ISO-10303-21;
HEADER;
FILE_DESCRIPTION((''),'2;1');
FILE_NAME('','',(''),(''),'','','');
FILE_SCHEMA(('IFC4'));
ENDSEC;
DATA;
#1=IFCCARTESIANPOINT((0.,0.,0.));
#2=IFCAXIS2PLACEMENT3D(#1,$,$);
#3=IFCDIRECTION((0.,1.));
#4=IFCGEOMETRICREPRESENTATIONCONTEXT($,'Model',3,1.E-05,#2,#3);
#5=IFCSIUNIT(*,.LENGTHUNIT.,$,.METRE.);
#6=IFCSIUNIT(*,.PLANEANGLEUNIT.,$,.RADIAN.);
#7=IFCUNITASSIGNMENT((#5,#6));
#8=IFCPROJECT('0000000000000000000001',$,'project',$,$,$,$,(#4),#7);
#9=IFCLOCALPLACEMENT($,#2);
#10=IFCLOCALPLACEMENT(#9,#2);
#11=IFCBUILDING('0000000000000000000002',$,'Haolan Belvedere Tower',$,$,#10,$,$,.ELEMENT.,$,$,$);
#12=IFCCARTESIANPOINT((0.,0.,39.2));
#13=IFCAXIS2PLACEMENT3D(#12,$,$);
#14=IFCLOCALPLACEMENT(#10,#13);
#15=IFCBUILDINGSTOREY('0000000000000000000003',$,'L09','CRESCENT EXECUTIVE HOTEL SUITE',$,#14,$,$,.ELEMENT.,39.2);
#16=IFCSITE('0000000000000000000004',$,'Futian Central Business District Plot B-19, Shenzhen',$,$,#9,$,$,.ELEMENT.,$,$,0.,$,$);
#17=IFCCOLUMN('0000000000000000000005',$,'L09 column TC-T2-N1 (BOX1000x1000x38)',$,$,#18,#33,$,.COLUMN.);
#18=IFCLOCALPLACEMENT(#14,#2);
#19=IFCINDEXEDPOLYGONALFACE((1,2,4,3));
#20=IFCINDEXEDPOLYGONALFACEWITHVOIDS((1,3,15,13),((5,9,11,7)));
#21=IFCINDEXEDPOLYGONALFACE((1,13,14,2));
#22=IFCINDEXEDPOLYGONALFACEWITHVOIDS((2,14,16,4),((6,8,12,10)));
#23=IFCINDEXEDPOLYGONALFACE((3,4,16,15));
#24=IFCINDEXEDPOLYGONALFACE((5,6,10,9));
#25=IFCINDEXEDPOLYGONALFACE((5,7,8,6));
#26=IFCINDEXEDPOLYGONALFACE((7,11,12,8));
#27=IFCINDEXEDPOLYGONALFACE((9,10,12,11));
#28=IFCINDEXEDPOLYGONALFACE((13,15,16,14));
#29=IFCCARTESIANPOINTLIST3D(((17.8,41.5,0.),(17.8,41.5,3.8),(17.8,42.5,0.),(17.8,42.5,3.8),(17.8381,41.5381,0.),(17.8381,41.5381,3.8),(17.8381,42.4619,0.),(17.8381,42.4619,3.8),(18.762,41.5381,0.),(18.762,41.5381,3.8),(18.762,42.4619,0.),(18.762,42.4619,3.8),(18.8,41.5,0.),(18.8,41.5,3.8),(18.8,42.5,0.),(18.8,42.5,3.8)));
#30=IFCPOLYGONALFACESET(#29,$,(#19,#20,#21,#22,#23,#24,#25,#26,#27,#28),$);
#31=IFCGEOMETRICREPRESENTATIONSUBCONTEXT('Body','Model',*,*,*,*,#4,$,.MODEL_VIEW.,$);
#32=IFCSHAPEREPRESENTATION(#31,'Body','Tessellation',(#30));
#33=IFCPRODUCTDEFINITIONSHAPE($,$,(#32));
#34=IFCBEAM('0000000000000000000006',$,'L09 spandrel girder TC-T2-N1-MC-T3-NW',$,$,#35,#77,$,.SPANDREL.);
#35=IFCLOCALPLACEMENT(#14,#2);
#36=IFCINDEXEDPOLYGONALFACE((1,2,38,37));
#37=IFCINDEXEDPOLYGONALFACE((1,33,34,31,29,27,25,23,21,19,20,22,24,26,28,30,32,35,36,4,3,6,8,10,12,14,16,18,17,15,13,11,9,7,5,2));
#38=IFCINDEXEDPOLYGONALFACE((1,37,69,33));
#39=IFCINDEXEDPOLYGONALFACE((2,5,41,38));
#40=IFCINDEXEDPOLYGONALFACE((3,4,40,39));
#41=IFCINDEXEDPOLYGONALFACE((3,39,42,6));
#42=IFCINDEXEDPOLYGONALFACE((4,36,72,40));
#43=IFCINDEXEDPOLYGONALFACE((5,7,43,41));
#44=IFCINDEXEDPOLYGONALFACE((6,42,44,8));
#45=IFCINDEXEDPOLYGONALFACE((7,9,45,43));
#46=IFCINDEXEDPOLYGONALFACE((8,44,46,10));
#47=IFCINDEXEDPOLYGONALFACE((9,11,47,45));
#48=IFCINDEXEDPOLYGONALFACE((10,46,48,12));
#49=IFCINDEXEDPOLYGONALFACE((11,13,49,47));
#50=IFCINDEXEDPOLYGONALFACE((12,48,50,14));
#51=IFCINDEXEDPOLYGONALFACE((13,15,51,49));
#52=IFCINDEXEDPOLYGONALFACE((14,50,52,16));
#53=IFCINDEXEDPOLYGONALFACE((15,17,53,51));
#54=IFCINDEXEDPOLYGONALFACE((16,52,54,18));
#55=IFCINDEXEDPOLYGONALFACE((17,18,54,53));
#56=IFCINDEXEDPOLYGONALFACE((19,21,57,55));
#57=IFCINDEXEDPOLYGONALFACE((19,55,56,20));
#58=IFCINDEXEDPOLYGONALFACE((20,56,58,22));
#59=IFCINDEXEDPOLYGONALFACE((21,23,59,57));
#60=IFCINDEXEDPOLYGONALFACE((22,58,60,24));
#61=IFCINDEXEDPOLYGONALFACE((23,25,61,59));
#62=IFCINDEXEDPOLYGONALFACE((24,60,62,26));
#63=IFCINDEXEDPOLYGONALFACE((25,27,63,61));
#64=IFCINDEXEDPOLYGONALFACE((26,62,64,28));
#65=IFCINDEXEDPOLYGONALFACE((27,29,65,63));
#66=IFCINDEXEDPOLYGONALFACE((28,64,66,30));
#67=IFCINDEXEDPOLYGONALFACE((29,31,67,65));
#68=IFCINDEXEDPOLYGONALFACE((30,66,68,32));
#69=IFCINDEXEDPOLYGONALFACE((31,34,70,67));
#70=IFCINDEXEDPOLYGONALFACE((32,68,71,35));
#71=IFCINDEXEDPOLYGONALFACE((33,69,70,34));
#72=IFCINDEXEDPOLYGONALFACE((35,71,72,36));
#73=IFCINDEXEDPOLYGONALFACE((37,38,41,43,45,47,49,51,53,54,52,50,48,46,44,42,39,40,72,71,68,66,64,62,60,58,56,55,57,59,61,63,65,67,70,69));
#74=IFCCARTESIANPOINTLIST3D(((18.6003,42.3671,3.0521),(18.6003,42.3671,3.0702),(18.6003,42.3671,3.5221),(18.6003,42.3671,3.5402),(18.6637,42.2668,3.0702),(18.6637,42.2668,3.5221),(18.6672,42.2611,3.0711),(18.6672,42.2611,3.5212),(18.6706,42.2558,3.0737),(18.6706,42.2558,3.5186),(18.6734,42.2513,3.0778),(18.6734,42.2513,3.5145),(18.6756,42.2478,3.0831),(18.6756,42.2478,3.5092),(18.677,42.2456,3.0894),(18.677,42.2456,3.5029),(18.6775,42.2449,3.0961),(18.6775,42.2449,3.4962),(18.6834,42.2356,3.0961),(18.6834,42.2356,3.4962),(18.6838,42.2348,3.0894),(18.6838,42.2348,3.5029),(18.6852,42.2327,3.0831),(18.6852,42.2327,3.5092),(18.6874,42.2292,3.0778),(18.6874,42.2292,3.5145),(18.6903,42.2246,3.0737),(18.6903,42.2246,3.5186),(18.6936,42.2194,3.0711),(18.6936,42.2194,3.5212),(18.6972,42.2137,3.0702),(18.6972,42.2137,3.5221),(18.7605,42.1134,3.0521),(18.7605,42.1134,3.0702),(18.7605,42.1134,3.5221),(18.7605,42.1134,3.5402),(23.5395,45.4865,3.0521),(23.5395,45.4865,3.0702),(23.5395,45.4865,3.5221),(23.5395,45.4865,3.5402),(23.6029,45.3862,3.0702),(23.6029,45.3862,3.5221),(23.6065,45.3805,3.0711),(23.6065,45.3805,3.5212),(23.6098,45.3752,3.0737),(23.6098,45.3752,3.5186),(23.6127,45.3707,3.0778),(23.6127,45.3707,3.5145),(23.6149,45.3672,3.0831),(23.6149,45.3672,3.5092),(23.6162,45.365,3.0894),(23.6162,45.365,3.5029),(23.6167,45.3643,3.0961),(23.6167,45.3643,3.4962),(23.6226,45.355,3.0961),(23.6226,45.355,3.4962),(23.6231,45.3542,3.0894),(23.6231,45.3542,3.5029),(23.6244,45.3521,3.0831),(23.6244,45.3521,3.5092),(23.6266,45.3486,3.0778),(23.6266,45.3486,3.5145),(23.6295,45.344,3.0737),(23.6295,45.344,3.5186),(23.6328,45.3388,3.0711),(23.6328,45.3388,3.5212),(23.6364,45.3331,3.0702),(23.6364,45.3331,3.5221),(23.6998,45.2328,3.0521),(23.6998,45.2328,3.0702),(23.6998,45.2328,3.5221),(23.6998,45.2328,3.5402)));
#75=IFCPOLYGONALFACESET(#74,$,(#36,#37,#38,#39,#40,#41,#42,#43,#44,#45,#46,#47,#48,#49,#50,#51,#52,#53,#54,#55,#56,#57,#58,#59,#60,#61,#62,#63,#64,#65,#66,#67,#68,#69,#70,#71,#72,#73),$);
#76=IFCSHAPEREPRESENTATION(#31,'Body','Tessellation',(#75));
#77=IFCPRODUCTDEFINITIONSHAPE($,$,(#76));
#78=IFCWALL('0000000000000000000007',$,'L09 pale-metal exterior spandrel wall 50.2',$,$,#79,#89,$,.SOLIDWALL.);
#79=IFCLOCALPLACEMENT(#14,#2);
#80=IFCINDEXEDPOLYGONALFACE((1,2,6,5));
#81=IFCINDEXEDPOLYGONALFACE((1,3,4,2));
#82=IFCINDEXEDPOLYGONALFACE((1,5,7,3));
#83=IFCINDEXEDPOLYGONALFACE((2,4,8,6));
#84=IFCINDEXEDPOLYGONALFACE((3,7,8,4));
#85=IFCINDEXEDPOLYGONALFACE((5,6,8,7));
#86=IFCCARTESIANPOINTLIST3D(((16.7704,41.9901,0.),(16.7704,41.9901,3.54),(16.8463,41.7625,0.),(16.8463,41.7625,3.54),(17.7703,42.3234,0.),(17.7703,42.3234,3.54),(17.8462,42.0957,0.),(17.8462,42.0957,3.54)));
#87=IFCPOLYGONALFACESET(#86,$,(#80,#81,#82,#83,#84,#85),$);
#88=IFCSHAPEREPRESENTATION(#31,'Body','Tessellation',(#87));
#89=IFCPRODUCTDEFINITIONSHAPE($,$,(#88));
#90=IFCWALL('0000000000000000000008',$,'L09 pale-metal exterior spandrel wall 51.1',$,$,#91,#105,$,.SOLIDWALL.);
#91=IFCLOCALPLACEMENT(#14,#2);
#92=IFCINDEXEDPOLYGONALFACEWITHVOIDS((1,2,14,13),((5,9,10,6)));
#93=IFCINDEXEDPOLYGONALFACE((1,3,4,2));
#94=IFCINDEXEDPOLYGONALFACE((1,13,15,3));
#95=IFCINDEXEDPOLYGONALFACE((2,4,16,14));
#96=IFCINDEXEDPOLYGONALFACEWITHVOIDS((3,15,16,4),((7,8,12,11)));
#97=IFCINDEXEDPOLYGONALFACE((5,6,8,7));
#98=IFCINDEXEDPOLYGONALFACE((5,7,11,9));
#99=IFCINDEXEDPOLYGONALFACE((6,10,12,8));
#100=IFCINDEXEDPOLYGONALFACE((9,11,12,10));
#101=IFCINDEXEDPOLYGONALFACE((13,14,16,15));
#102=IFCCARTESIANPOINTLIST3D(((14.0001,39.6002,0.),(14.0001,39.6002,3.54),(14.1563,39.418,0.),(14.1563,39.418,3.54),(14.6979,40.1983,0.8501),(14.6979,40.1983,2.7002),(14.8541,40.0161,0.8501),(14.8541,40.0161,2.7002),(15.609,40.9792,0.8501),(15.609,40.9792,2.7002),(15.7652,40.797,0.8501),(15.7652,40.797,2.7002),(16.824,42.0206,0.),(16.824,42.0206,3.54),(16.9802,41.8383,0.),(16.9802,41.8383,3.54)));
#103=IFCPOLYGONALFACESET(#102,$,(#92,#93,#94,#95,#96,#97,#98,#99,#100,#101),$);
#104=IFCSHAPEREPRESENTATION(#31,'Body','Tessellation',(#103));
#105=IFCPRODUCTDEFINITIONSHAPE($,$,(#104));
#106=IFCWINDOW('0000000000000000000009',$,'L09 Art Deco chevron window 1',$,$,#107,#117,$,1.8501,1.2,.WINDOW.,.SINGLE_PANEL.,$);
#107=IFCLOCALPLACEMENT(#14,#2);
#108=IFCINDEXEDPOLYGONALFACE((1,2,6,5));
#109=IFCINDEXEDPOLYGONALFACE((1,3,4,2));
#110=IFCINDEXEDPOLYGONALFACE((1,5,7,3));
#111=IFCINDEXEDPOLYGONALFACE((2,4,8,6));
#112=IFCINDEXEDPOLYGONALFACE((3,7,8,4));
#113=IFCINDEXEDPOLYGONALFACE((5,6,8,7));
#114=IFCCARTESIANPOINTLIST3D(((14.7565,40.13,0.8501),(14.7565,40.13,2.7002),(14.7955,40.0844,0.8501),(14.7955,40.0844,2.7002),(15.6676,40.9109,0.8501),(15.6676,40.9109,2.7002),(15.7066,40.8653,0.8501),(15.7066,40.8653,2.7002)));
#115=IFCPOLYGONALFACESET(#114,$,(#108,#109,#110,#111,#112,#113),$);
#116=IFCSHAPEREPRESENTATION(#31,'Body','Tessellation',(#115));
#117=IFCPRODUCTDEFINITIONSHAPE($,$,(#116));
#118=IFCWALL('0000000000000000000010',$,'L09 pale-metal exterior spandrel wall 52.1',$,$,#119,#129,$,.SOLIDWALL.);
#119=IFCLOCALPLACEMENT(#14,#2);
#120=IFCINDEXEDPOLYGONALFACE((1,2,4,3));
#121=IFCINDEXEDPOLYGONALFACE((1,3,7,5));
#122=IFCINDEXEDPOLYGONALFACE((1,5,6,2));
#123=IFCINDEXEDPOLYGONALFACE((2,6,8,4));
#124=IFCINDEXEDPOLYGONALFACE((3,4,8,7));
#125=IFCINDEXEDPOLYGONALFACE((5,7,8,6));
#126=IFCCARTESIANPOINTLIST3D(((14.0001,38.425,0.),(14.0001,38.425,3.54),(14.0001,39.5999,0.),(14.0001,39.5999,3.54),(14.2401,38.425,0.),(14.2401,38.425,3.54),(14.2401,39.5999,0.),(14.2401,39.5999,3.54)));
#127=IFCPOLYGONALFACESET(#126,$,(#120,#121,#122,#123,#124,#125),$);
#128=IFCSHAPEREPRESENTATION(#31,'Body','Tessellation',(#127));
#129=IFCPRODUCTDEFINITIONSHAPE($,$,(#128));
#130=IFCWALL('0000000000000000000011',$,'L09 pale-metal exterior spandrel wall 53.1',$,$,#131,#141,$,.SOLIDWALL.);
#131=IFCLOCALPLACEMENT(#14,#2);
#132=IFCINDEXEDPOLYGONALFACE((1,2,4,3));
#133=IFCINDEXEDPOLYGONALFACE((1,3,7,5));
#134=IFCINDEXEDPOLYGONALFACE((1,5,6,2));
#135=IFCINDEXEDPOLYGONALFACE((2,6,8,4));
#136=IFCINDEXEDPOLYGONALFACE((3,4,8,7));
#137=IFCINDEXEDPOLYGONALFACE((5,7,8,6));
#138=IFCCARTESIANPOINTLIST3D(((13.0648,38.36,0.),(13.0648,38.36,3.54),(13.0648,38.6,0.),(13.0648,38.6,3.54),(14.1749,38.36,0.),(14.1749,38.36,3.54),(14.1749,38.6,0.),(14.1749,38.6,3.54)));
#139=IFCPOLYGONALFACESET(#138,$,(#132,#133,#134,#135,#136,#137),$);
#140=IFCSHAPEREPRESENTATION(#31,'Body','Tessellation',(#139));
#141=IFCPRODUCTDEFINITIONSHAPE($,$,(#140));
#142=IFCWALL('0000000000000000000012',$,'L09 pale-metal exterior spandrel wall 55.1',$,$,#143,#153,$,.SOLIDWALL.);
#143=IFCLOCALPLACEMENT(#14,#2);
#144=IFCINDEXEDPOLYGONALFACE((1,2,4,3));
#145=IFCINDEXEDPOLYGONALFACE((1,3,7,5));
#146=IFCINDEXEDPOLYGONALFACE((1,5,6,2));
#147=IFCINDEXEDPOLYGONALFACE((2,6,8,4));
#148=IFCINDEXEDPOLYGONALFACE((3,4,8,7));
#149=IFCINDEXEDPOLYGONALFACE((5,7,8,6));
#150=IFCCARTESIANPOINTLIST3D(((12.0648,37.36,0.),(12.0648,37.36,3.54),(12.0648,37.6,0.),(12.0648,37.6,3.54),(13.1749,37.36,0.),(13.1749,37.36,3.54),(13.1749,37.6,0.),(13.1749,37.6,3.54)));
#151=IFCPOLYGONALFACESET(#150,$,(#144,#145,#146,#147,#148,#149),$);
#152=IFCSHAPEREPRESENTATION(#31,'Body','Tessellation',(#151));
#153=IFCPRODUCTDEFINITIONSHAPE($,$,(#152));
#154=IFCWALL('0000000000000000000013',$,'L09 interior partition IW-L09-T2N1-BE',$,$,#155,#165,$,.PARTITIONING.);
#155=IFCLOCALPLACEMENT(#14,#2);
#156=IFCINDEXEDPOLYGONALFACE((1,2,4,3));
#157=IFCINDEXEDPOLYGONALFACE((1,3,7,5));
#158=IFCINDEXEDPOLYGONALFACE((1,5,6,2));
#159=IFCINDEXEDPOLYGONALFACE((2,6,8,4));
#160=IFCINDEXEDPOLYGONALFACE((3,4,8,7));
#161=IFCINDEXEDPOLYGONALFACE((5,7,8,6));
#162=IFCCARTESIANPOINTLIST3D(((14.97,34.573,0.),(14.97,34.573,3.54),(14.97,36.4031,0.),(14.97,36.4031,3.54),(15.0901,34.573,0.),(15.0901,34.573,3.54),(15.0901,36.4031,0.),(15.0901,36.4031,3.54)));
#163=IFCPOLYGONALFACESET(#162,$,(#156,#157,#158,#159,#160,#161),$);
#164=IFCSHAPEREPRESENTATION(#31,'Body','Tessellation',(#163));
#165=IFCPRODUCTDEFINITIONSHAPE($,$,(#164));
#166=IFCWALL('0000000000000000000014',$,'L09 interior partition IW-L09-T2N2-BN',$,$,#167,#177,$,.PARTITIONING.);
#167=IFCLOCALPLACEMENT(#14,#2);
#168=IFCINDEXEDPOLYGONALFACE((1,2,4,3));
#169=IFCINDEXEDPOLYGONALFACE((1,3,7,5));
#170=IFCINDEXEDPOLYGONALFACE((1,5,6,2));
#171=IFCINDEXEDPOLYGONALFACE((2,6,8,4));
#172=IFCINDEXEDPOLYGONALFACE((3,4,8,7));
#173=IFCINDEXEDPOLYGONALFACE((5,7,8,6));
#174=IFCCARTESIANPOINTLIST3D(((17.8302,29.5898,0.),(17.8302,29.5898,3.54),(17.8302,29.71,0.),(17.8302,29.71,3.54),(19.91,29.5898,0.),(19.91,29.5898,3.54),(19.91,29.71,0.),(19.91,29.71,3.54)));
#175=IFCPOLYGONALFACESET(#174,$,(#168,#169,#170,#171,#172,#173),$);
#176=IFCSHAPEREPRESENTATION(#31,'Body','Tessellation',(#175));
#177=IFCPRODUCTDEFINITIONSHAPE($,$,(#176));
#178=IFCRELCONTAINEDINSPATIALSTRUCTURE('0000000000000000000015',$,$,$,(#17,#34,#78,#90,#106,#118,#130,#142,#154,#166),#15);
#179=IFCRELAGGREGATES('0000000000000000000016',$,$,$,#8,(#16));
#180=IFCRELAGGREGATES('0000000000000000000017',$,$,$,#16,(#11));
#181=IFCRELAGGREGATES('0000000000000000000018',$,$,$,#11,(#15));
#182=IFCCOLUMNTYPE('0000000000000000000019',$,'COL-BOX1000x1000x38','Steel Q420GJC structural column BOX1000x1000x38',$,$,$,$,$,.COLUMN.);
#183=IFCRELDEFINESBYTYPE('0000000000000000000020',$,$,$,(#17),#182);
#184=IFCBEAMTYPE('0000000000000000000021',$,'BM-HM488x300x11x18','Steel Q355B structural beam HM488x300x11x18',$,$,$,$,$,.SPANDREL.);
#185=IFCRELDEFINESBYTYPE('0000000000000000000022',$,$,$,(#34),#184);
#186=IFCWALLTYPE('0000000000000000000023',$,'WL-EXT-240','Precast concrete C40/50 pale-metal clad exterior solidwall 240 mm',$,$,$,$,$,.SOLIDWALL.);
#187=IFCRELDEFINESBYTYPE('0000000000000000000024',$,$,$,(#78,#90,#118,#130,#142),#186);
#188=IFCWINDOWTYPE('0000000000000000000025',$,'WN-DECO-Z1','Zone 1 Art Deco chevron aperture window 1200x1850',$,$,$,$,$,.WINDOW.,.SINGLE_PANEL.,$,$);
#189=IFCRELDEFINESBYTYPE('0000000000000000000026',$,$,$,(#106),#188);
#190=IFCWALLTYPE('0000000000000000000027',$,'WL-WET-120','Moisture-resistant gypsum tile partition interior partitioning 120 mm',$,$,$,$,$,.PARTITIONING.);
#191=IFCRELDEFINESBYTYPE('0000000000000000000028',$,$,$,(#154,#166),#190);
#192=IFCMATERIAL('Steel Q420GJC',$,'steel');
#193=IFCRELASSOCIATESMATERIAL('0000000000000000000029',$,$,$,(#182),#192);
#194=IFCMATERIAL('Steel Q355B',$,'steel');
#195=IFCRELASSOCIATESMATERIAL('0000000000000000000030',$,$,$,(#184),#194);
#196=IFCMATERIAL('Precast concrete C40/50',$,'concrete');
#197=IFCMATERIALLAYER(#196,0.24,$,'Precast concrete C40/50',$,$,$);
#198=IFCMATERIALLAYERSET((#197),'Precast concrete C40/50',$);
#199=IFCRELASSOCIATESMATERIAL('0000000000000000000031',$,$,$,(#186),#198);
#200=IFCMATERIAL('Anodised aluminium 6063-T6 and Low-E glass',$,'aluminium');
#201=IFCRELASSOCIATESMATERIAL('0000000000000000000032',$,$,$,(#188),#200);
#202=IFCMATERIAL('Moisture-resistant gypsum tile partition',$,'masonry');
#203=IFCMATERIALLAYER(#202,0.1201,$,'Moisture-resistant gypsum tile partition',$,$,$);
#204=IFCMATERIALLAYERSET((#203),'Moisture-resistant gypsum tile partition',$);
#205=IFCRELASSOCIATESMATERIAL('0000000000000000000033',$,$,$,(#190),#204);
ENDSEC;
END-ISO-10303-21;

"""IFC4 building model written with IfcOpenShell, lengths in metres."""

from ifc_helpers import new_model, si_unit, direction, frame, frame_2d, origin, origin_2d, place, context, subcontext, project, spatial, rectangle, hollow_rectangle, i_section, extrude, material, layer, layer_set, material_profile, profile_set, type_object, element, fill, save


model = new_model("IFC4")

# Units and contexts
model_context = context("Model", 3, precision=1e-05, world=origin(), true_north=direction((0.0, 1.0)))
body_context = subcontext(model_context, "Body", "Model", "MODEL_VIEW")
ifc_project = project(units=[si_unit("LENGTHUNIT", "METRE"), si_unit("PLANEANGLEUNIT", "RADIAN")], contexts=[model_context])

# Site, building, storey
site_placement = place(None, origin())
site = spatial("IfcSite", under=ifc_project, at=site_placement, Name="Futian Central Business District Plot B-19, Shenzhen", CompositionType="ELEMENT", RefElevation=0.0)
building_placement = place(site_placement, origin())
building = spatial("IfcBuilding", under=site, at=building_placement, Name="Haolan Belvedere Tower", CompositionType="ELEMENT")
storey_placement = place(building_placement, frame((0.0, 0.0, 39.2)))
storey = spatial("IfcBuildingStorey", under=building, at=storey_placement, Name="L09", Description="CRESCENT EXECUTIVE HOTEL SUITE", CompositionType="ELEMENT", Elevation=39.2)

# Column
ifc_material_1 = material(Name="Steel Q420GJC", Category="steel")
ifc_material_profile_1 = material_profile(ifc_material_1, hollow_rectangle(XDim=1.0, YDim=1.0, WallThickness=0.0381, at=origin_2d()), Name="Steel Q420GJC")
ifc_profile_set_1 = profile_set([ifc_material_profile_1], Name="Steel Q420GJC")
column_type = type_object("IfcColumnType", Name="COL-BOX1000x1000x38", Description="Steel Q420GJC structural column BOX1000x1000x38", PredefinedType="COLUMN", material=ifc_profile_set_1)
column_placement = place(storey_placement, frame((18.3, 42.0, 0.0), z_axis=(0.0, 0.0, 1.0), x_axis=(1.0, 0.0, 0.0)))
element("IfcColumn", 1, at=column_placement, inside=storey, type_object=column_type, Name="L09 column TC-T2-N1 (BOX1000x1000x38)", PredefinedType="COLUMN", context=body_context, shape_type="SweptSolid", body=[
    extrude(hollow_rectangle(XDim=1.0, YDim=1.0, WallThickness=0.0381, at=origin_2d()), origin(), (0.0, 0.0, 1.0), 3.8),
])

# Beam
ifc_material_2 = material(Name="Steel Q355B", Category="steel")
ifc_material_profile_2 = material_profile(ifc_material_2, i_section(OverallWidth=0.3, OverallDepth=0.488, WebThickness=0.011, FlangeThickness=0.0181, FilletRadius=0.0259, at=origin_2d()), Name="Steel Q355B")
ifc_profile_set_2 = profile_set([ifc_material_profile_2], Name="Steel Q355B")
beam_type = type_object("IfcBeamType", Name="BM-HM488x300x11x18", Description="Steel Q355B structural beam HM488x300x11x18", PredefinedType="SPANDREL", material=ifc_profile_set_2)
beam_placement = place(storey_placement, frame((18.6804, 42.2402, 3.2961), z_axis=(0.845498, 0.533979, 0.0), x_axis=(-0.533979, 0.845498, 0.0)))
element("IfcBeam", 2, at=beam_placement, inside=storey, type_object=beam_type, Name="L09 spandrel girder TC-T2-N1-MC-T3-NW", PredefinedType="SPANDREL", context=body_context, shape_type="SweptSolid", body=[
    extrude(i_section(OverallWidth=0.3, OverallDepth=0.488, WebThickness=0.011, FlangeThickness=0.0181, FilletRadius=0.0259, at=origin_2d()), origin(), (0.0, 0.0, 1.0), 5.8418),
])

# Wall
ifc_material_3 = material(Name="Precast concrete C40/50", Category="concrete")
ifc_layer_1 = layer(ifc_material_3, 0.24, Name="Precast concrete C40/50")
ifc_layer_set_1 = layer_set([ifc_layer_1], Name="Precast concrete C40/50")
wall_type_1 = type_object("IfcWallType", Name="WL-EXT-240", Description="Precast concrete C40/50 pale-metal clad exterior solidwall 240 mm", PredefinedType="SOLIDWALL", material=ifc_layer_set_1)
wall_1_placement = place(storey_placement, frame((17.8081, 42.2095, 0.0), z_axis=(0.0, 0.0, 1.0), x_axis=(-0.948706, -0.316158, 0.0)))
element("IfcWall", 3, at=wall_1_placement, inside=storey, type_object=wall_type_1, Name="L09 pale-metal exterior spandrel wall 50.2", PredefinedType="SOLIDWALL", context=body_context, shape_type="SweptSolid", body=[
    extrude(rectangle(XDim=1.054, YDim=0.24, at=frame_2d((0.5269, 0.0))), origin(), (0.0, 0.0, 1.0), 3.54),
])

# Wall, opening, window
wall_2_placement = place(storey_placement, frame((16.9021, 41.9294, 0.0), z_axis=(0.0, 0.0, 1.0), x_axis=(-0.759275, -0.65077, 0.0)))
wall_2 = element("IfcWall", 4, at=wall_2_placement, inside=storey, type_object=wall_type_1, Name="L09 pale-metal exterior spandrel wall 51.1", PredefinedType="SOLIDWALL", context=body_context, shape_type="SweptSolid", body=[
    extrude(rectangle(XDim=3.7192, YDim=0.24, at=frame_2d((1.8596, 0.0))), origin(), (0.0, 0.0, 1.0), 3.54),
])
opening_1_placement = place(wall_2_placement, frame((1.6001, 0.0, 0.8501)))
opening_1 = element("IfcOpeningElement", 5, at=opening_1_placement, cuts=wall_2, PredefinedType="OPENING", context=body_context, shape_type="SweptSolid", body=[
    extrude(rectangle(XDim=1.2, YDim=1.8501, at=frame_2d((0.6001, 0.925))), frame((0.0, 0.1299, 0.0), z_axis=(0.0, -1.0, 0.0), x_axis=(1.0, 0.0, 0.0)), (0.0, 0.0, 1.0), 0.26),
])
ifc_material_4 = material(Name="Anodised aluminium 6063-T6 and Low-E glass", Category="aluminium")
window_type = type_object("IfcWindowType", Name="WN-DECO-Z1", Description="Zone 1 Art Deco chevron aperture window 1200x1850", PartitioningType="SINGLE_PANEL", PredefinedType="WINDOW", material=ifc_material_4)
window_placement = place(opening_1_placement, origin())
window = element("IfcWindow", 6, at=window_placement, inside=storey, type_object=window_type, Name="L09 Art Deco chevron window 1", OverallHeight=1.8501, OverallWidth=1.2, PartitioningType="SINGLE_PANEL", PredefinedType="WINDOW", context=body_context, shape_type="SweptSolid", body=[
    extrude(rectangle(XDim=1.2, YDim=1.8501, at=frame_2d((0.6001, 0.925))), frame((0.0, 0.03, 0.0), z_axis=(0.0, -1.0, 0.0), x_axis=(1.0, 0.0, 0.0)), (0.0, 0.0, 1.0), 0.0601),
])
fill(opening_1, window)

# Walls
wall_3_placement = place(storey_placement, frame((14.1201, 39.5999, 0.0), z_axis=(0.0, 0.0, 1.0), x_axis=(0.0, -1.0, 0.0)))
element("IfcWall", 7, at=wall_3_placement, inside=storey, type_object=wall_type_1, Name="L09 pale-metal exterior spandrel wall 52.1", PredefinedType="SOLIDWALL", context=body_context, shape_type="SweptSolid", body=[
    extrude(rectangle(XDim=1.1748, YDim=0.24, at=frame_2d((0.5874, 0.0))), origin(), (0.0, 0.0, 1.0), 3.54),
])
for number, where, z_axis, x_axis, name in (
    (8, (14.175, 38.48, 0.0), (0.0, 0.0, 1.0), (-1.0, 0.0, 0.0), "L09 pale-metal exterior spandrel wall 53.1"),
    (9, (13.175, 37.48, 0.0), (0.0, 0.0, 1.0), (-1.0, 0.0, 0.0), "L09 pale-metal exterior spandrel wall 55.1"),
):
    element("IfcWall", number, at=place(storey_placement, frame(where, z_axis=z_axis, x_axis=x_axis)), inside=storey, type_object=wall_type_1, Name=name, PredefinedType="SOLIDWALL", context=body_context, shape_type="SweptSolid", body=[
        extrude(rectangle(XDim=1.1101, YDim=0.24, at=frame_2d((0.5552, 0.0))), origin(), (0.0, 0.0, 1.0), 3.54),
    ])
ifc_material_5 = material(Name="Moisture-resistant gypsum tile partition", Category="masonry")
ifc_layer_2 = layer(ifc_material_5, 0.1201, Name="Moisture-resistant gypsum tile partition")
ifc_layer_set_2 = layer_set([ifc_layer_2], Name="Moisture-resistant gypsum tile partition")
wall_type_2 = type_object("IfcWallType", Name="WL-WET-120", Description="Moisture-resistant gypsum tile partition interior partitioning 120 mm", PredefinedType="PARTITIONING", material=ifc_layer_set_2)
wall_4_placement = place(storey_placement, frame((15.03, 34.573, 0.0), z_axis=(0.0, 0.0, 1.0), x_axis=(0.0, 1.0, 0.0)))
element("IfcWall", 10, at=wall_4_placement, inside=storey, type_object=wall_type_2, Name="L09 interior partition IW-L09-T2N1-BE", PredefinedType="PARTITIONING", context=body_context, shape_type="SweptSolid", body=[
    extrude(rectangle(XDim=1.8301, YDim=0.1201, at=frame_2d((0.915, 0.0))), origin(), (0.0, 0.0, 1.0), 3.54),
])
wall_5_placement = place(storey_placement, frame((17.8301, 29.6499, 0.0), z_axis=(0.0, 0.0, 1.0), x_axis=(1.0, 0.0, 0.0)))
element("IfcWall", 11, at=wall_5_placement, inside=storey, type_object=wall_type_2, Name="L09 interior partition IW-L09-T2N2-BN", PredefinedType="PARTITIONING", context=body_context, shape_type="SweptSolid", body=[
    extrude(rectangle(XDim=2.0798, YDim=0.1201, at=frame_2d((1.04, 0.0))), origin(), (0.0, 0.0, 1.0), 3.54),
])

save(model, "model.ifc")
